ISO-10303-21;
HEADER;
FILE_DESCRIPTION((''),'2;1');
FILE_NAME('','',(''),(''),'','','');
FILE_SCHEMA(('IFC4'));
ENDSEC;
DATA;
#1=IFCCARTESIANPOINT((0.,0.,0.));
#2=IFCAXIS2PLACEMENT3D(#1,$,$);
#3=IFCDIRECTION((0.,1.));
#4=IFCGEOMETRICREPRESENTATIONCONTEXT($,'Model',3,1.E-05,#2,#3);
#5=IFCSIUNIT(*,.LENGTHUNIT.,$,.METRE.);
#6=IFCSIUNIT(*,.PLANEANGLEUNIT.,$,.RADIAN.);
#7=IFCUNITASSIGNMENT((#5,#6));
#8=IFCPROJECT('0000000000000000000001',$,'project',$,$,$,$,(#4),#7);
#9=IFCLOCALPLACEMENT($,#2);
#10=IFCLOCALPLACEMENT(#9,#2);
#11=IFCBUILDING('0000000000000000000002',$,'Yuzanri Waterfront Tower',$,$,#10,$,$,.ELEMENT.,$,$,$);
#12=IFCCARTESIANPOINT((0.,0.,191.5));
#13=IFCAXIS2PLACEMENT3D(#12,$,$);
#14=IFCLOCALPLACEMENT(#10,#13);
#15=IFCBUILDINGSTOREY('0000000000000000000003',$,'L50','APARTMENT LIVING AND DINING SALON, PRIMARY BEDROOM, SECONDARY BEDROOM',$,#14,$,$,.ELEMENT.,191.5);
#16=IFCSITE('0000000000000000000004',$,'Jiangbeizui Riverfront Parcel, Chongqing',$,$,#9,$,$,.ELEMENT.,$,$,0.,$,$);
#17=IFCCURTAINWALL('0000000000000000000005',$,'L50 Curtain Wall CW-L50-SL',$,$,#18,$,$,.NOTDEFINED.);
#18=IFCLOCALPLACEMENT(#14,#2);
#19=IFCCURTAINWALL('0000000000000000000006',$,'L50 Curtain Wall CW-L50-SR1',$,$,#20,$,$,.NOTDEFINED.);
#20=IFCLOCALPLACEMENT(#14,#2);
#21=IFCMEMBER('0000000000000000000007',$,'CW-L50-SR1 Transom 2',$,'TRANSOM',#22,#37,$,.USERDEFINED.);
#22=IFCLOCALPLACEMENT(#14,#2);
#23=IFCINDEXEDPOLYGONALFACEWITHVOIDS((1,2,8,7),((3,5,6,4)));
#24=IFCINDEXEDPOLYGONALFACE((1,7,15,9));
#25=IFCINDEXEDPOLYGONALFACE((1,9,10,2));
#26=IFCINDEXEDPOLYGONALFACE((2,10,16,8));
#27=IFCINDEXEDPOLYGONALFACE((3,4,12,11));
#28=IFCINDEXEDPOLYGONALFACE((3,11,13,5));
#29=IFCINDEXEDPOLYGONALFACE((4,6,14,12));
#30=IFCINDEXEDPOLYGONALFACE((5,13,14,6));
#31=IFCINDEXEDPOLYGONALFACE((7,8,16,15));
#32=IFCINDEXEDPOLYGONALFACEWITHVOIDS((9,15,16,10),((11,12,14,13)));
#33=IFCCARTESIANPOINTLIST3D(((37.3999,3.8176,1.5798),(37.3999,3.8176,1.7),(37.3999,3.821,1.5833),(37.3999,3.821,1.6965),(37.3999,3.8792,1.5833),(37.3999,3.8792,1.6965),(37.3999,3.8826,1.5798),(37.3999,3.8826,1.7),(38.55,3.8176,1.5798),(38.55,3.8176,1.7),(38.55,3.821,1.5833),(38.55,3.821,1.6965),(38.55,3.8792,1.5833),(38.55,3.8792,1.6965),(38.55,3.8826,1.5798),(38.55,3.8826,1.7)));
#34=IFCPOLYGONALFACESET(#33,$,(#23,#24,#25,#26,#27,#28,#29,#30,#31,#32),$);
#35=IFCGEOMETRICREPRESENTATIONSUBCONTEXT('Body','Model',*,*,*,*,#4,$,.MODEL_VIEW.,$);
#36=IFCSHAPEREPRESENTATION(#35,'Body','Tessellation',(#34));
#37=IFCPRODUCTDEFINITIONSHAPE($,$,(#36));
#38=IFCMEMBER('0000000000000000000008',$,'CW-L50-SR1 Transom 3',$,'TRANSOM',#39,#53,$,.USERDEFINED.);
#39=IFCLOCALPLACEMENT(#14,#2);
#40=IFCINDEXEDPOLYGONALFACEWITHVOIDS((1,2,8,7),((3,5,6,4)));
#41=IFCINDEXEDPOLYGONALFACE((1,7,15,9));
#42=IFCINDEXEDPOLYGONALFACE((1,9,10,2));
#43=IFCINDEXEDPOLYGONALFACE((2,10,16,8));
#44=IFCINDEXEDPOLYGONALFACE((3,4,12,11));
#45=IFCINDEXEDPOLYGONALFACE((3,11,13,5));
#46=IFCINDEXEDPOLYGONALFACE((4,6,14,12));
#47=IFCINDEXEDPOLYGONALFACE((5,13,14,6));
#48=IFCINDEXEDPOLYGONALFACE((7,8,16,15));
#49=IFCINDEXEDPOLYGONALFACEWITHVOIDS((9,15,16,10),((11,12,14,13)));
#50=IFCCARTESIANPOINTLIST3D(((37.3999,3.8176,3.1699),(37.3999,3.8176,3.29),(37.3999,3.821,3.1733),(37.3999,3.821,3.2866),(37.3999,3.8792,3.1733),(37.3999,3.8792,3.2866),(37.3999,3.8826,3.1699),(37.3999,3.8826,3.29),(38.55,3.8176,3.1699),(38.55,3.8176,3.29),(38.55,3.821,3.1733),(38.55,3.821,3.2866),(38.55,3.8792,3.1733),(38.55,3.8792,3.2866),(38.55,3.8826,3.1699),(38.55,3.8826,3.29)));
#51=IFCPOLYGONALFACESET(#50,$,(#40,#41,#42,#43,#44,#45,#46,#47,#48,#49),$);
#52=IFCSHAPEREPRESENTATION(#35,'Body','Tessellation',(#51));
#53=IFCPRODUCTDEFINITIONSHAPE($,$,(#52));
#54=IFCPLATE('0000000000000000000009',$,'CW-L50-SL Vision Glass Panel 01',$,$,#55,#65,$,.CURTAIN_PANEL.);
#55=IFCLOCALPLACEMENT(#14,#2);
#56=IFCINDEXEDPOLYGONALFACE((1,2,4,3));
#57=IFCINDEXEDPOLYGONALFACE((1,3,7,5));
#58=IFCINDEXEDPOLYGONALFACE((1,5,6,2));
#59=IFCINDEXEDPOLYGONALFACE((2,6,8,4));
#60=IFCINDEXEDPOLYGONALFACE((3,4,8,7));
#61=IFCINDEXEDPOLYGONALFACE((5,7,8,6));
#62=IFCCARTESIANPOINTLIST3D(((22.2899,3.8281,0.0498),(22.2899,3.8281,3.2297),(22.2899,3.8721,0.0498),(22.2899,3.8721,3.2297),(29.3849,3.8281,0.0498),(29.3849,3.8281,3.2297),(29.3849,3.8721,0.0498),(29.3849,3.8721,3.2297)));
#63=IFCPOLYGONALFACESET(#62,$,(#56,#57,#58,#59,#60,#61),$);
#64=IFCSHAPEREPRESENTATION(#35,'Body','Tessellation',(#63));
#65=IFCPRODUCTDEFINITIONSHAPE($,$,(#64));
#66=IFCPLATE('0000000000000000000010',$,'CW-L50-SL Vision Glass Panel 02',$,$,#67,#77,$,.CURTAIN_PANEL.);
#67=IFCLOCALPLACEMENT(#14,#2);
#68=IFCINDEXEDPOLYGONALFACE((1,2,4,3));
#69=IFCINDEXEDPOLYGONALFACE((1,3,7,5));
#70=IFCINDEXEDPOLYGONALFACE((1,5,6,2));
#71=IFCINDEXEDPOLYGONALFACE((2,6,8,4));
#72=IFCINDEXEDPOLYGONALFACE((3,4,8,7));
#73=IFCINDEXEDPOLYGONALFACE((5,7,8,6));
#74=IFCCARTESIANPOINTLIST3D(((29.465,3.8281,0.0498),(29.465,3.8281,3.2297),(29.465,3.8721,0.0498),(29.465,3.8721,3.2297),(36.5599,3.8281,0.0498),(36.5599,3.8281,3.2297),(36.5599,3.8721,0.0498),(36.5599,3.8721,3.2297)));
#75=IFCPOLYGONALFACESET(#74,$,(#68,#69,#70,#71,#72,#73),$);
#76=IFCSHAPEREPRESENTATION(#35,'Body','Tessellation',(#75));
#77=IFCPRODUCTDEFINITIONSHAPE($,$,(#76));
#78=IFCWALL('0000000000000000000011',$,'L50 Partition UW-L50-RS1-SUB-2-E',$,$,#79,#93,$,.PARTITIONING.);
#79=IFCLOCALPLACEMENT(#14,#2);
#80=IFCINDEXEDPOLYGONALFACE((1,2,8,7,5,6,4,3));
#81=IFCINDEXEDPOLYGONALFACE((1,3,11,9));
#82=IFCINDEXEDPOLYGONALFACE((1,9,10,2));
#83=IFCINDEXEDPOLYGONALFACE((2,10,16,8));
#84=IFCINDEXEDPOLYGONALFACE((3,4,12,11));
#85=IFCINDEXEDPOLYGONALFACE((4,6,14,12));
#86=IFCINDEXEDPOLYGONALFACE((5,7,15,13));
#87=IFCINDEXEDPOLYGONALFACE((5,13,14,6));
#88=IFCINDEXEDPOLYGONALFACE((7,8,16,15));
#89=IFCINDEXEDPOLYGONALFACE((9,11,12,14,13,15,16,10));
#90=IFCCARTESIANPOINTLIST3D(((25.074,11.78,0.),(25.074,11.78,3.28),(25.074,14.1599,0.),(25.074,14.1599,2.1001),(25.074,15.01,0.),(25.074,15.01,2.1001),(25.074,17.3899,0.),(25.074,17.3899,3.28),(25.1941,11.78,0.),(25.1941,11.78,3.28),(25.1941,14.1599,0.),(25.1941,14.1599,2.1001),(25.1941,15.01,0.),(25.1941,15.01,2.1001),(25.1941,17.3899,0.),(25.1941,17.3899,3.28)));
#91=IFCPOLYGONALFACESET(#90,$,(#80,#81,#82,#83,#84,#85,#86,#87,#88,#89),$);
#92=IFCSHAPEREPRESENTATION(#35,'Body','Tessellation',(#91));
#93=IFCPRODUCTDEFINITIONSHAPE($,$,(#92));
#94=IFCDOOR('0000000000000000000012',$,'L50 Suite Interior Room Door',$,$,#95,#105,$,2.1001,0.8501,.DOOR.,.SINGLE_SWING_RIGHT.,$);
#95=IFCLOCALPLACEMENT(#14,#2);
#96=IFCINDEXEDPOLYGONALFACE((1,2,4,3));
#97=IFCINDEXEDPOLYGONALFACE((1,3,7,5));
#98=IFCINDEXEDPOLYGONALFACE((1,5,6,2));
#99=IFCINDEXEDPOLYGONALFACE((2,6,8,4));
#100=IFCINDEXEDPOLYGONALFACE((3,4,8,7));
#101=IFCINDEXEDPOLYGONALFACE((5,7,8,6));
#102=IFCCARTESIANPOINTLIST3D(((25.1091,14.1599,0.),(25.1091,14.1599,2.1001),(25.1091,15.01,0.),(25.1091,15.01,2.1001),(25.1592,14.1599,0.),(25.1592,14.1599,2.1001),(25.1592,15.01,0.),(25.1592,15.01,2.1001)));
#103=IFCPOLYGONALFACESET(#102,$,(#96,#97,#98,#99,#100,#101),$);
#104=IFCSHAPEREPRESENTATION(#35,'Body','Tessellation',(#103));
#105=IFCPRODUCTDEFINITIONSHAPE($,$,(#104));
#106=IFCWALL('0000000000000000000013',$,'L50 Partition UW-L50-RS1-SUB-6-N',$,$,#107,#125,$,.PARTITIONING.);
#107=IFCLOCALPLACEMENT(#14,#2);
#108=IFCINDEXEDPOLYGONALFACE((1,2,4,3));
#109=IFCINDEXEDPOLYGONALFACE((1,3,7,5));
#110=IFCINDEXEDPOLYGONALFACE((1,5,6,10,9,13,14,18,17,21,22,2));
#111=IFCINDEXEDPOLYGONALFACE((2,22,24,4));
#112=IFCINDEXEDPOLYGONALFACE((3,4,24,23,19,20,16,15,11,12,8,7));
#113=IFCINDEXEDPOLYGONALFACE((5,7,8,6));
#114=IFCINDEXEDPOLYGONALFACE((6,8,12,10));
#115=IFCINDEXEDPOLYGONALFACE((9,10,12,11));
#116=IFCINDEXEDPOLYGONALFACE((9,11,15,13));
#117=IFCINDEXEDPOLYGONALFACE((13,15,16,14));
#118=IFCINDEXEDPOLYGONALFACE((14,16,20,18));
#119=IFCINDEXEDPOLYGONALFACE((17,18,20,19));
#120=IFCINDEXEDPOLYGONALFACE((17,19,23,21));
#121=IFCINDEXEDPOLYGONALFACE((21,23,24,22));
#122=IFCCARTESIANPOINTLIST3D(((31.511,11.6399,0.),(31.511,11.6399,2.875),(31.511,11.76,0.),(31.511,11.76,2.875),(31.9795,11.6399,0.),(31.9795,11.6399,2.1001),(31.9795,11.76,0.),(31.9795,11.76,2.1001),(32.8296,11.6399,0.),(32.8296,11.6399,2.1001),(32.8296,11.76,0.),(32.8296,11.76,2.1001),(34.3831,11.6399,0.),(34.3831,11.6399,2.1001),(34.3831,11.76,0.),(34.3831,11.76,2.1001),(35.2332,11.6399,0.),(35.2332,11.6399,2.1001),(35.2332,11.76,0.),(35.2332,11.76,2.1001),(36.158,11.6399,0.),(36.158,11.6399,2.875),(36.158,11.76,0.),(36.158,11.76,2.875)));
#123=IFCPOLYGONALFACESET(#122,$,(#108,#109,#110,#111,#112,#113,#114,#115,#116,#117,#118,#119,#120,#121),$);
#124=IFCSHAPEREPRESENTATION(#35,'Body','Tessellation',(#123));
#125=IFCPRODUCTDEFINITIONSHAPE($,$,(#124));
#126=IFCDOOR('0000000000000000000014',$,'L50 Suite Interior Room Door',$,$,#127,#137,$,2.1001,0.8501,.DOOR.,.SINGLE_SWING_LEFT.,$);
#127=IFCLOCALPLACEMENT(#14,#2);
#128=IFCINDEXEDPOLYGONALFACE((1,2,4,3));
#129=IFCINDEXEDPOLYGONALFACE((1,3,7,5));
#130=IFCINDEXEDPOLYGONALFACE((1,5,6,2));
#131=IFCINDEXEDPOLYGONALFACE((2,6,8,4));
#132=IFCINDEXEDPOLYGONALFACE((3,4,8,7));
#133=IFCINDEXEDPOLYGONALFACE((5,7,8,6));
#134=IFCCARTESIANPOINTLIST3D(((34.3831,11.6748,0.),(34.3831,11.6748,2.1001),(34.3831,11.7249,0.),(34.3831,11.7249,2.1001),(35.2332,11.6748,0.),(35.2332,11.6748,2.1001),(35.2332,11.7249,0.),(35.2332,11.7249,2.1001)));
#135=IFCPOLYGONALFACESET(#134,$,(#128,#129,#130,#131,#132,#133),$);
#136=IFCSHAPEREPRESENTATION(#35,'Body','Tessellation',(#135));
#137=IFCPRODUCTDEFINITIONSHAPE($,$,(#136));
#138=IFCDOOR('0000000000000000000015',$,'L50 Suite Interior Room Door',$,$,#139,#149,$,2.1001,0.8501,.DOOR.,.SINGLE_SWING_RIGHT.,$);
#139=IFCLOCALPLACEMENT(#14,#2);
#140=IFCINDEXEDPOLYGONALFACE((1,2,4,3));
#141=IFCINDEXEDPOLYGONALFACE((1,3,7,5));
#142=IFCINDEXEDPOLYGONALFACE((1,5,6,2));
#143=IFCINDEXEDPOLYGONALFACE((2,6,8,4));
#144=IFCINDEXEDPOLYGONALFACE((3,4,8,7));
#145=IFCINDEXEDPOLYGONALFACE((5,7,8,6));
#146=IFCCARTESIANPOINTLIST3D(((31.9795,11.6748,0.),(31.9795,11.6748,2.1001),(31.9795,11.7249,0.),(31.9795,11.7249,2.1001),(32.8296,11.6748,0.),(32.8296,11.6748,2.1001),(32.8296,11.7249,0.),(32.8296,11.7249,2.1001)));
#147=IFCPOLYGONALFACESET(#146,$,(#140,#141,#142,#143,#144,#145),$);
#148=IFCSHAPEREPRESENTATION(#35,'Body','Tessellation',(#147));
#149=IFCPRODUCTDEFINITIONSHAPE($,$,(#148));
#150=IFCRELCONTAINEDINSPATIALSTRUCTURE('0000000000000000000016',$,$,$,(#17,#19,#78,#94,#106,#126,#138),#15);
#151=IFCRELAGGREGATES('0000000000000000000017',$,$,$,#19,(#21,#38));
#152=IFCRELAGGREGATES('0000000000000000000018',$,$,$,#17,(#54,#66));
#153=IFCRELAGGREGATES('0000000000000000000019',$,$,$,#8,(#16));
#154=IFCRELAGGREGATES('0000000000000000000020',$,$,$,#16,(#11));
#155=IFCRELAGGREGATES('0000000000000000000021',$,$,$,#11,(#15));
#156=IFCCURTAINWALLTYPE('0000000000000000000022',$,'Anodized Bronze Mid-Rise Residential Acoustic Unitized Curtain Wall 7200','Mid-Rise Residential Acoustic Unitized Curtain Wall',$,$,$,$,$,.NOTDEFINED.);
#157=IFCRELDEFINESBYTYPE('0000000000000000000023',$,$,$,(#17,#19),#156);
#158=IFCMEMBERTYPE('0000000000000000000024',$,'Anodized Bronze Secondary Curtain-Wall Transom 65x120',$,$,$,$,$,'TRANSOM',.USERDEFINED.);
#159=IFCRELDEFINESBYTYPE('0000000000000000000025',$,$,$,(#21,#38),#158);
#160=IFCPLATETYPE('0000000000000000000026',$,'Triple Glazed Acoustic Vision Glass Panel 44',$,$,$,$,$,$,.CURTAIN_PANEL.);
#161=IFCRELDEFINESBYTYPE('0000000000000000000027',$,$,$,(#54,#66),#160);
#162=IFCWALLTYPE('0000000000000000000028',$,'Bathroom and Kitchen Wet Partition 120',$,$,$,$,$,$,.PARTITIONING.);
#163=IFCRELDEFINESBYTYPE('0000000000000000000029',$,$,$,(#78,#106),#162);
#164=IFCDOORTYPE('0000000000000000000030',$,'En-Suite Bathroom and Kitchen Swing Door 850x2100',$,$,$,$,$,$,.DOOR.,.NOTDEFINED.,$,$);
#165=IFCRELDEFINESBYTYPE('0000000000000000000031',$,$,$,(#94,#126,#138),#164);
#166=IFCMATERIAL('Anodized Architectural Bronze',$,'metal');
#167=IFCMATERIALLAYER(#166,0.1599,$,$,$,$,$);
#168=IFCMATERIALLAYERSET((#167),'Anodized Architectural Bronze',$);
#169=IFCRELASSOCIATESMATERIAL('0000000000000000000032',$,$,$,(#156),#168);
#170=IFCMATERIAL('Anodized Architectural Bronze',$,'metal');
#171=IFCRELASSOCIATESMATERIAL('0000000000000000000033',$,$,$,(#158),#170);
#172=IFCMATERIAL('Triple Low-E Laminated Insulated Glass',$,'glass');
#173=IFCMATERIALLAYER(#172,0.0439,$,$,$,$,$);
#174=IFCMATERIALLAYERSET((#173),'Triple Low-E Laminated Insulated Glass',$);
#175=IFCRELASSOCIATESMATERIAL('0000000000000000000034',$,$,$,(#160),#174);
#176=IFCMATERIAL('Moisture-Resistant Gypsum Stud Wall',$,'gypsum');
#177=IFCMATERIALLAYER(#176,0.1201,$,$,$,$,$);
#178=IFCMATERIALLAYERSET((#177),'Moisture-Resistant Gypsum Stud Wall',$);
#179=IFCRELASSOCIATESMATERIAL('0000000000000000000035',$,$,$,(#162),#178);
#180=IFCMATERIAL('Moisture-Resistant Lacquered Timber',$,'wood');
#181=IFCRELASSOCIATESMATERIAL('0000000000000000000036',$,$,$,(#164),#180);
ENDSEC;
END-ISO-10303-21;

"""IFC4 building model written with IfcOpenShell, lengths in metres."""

from ifc_helpers import new_model, si_unit, direction, frame, frame_2d, origin, origin_2d, place, context, subcontext, project, spatial, rectangle, hollow_rectangle, extrude, source, transform, mapped, material, layer, layer_set, material_profile, profile_set, type_object, element, fill, aggregate, save


model = new_model("IFC4")

# Units and contexts
model_context = context("Model", 3, precision=1e-05, world=origin(), true_north=direction((0.0, 1.0)))
body_context = subcontext(model_context, "Body", "Model", "MODEL_VIEW")
ifc_project = project(units=[si_unit("LENGTHUNIT", "METRE"), si_unit("PLANEANGLEUNIT", "RADIAN")], contexts=[model_context])

# Site, building, storey
site_placement = place(None, origin())
site = spatial("IfcSite", under=ifc_project, at=site_placement, Name="Jiangbeizui Riverfront Parcel, Chongqing", CompositionType="ELEMENT", RefElevation=0.0)
building_placement = place(site_placement, origin())
building = spatial("IfcBuilding", under=site, at=building_placement, Name="Yuzanri Waterfront Tower", CompositionType="ELEMENT")
storey_placement = place(building_placement, frame((0.0, 0.0, 191.5)))
storey = spatial("IfcBuildingStorey", under=building, at=storey_placement, Name="L50", Description="APARTMENT LIVING AND DINING SALON, PRIMARY BEDROOM, SECONDARY BEDROOM", CompositionType="ELEMENT", Elevation=191.5)

# Curtain walls, members
ifc_material_1 = material(Name="Anodized Architectural Bronze", Category="metal")
ifc_layer_1 = layer(ifc_material_1, 0.1599)
ifc_layer_set_1 = layer_set([ifc_layer_1], Name="Anodized Architectural Bronze")
curtain_wall_type = type_object("IfcCurtainWallType", Name="Anodized Bronze Mid-Rise Residential Acoustic Unitized Curtain Wall 7200", Description="Mid-Rise Residential Acoustic Unitized Curtain Wall", PredefinedType="NOTDEFINED", material=ifc_layer_set_1)
curtain_wall_1_placement = place(storey_placement, origin())
curtain_wall_1 = element("IfcCurtainWall", 1, at=curtain_wall_1_placement, inside=storey, type_object=curtain_wall_type, Name="L50 Curtain Wall CW-L50-SL", PredefinedType="NOTDEFINED")
curtain_wall_2_placement = place(storey_placement, origin())
curtain_wall_2 = element("IfcCurtainWall", 2, at=curtain_wall_2_placement, inside=storey, type_object=curtain_wall_type, Name="L50 Curtain Wall CW-L50-SR1", PredefinedType="NOTDEFINED")
ifc_material_2 = material(Name="Anodized Architectural Bronze", Category="metal")
ifc_material_profile_1 = material_profile(ifc_material_2, hollow_rectangle(XDim=0.0649, YDim=0.1201, WallThickness=0.0034, at=origin_2d()), Name="CWT 65x120")
ifc_profile_set_1 = profile_set([ifc_material_profile_1], Name="Anodized Architectural Bronze")
member_type_1 = type_object("IfcMemberType", Name="Anodized Bronze Secondary Curtain-Wall Transom 65x120", ElementType="TRANSOM", PredefinedType="USERDEFINED", material=ifc_profile_set_1)
shared_shape_1 = source(origin(), body_context, "Body", "SweptSolid", [
    extrude(hollow_rectangle(XDim=0.0649, YDim=0.1201, WallThickness=0.0034, at=origin_2d()), origin(), (0.0, 0.0, 1.0), 1.1501),
])
member_1_placement = place(storey_placement, frame((37.3999, 3.8501, 1.6399), z_axis=(1.0, 0.0, 0.0), x_axis=(0.0, 1.0, 0.0)))
member_1 = element("IfcMember", 3, at=member_1_placement, type_object=member_type_1, Name="CW-L50-SR1 Transom 2", ObjectType="TRANSOM", PredefinedType="USERDEFINED", context=body_context, shape_type="MappedRepresentation", body=[
    mapped(shared_shape_1, transform((0.0, 0.0, 0.0), scale=1.0)),
])
member_2_placement = place(storey_placement, frame((37.3999, 3.8501, 3.23), z_axis=(1.0, 0.0, 0.0), x_axis=(0.0, 1.0, 0.0)))
member_2 = element("IfcMember", 4, at=member_2_placement, type_object=member_type_1, Name="CW-L50-SR1 Transom 3", ObjectType="TRANSOM", PredefinedType="USERDEFINED", context=body_context, shape_type="MappedRepresentation", body=[
    mapped(shared_shape_1, transform((0.0, 0.0, 0.0), scale=1.0)),
])
aggregate(curtain_wall_2, [member_1, member_2])

# Plates
ifc_material_3 = material(Name="Triple Low-E Laminated Insulated Glass", Category="glass")
ifc_layer_2 = layer(ifc_material_3, 0.0439)
ifc_layer_set_2 = layer_set([ifc_layer_2], Name="Triple Low-E Laminated Insulated Glass")
plate_type = type_object("IfcPlateType", Name="Triple Glazed Acoustic Vision Glass Panel 44", PredefinedType="CURTAIN_PANEL", material=ifc_layer_set_2)
shared_shape_2 = source(origin(), body_context, "Body", "SweptSolid", [
    extrude(rectangle(XDim=7.095, YDim=0.0439, at=origin_2d()), origin(), (0.0, 0.0, 1.0), 3.1799),
])
plate_1_placement = place(storey_placement, frame((25.8374, 3.8501, 0.0498), z_axis=(0.0, 0.0, 1.0), x_axis=(1.0, 0.0, 0.0)))
plate_1 = element("IfcPlate", 5, at=plate_1_placement, type_object=plate_type, Name="CW-L50-SL Vision Glass Panel 01", PredefinedType="CURTAIN_PANEL", context=body_context, shape_type="MappedRepresentation", body=[
    mapped(shared_shape_2, transform((0.0, 0.0, 0.0), scale=1.0)),
])
plate_2_placement = place(storey_placement, frame((33.0125, 3.8501, 0.0498), z_axis=(0.0, 0.0, 1.0), x_axis=(1.0, 0.0, 0.0)))
plate_2 = element("IfcPlate", 6, at=plate_2_placement, type_object=plate_type, Name="CW-L50-SL Vision Glass Panel 02", PredefinedType="CURTAIN_PANEL", context=body_context, shape_type="MappedRepresentation", body=[
    mapped(shared_shape_2, transform((0.0, 0.0, 0.0), scale=1.0)),
])
aggregate(curtain_wall_1, [plate_1, plate_2])

# Wall, opening, door
ifc_material_4 = material(Name="Moisture-Resistant Gypsum Stud Wall", Category="gypsum")
ifc_layer_3 = layer(ifc_material_4, 0.1201)
ifc_layer_set_3 = layer_set([ifc_layer_3], Name="Moisture-Resistant Gypsum Stud Wall")
wall_type_1 = type_object("IfcWallType", Name="Bathroom and Kitchen Wet Partition 120", PredefinedType="PARTITIONING", material=ifc_layer_set_3)
wall_1_placement = place(storey_placement, frame((25.134, 11.78, 0.0), z_axis=(0.0, 0.0, 1.0), x_axis=(0.0, 1.0, 0.0)))
wall_1 = element("IfcWall", 7, at=wall_1_placement, inside=storey, type_object=wall_type_1, Name="L50 Partition UW-L50-RS1-SUB-2-E", PredefinedType="PARTITIONING", context=body_context, shape_type="SweptSolid", body=[
    extrude(rectangle(XDim=5.6099, YDim=0.1201, at=frame_2d((2.8049, 0.0))), origin(), (0.0, 0.0, 1.0), 3.28),
])
opening_1_placement = place(wall_1_placement, frame((2.3799, 0.0, 0.0)))
opening_1 = element("IfcOpeningElement", 8, at=opening_1_placement, cuts=wall_1, PredefinedType="OPENING", context=body_context, shape_type="SweptSolid", body=[
    extrude(rectangle(XDim=0.8501, YDim=2.1001, at=frame_2d((0.425, 1.05))), frame((0.0, 0.075, 0.0), z_axis=(0.0, -1.0, 0.0), x_axis=(1.0, 0.0, 0.0)), (0.0, 0.0, 1.0), 0.1499),
])
ifc_material_5 = material(Name="Moisture-Resistant Lacquered Timber", Category="wood")
door_type_1 = type_object("IfcDoorType", Name="En-Suite Bathroom and Kitchen Swing Door 850x2100", OperationType="NOTDEFINED", PredefinedType="DOOR", material=ifc_material_5)
shared_shape_3 = source(origin(), body_context, "Body", "SweptSolid", [
    extrude(rectangle(XDim=0.8501, YDim=2.1001, at=frame_2d((0.425, 1.05))), frame((0.0, 0.0249, 0.0), z_axis=(0.0, -1.0, 0.0), x_axis=(1.0, 0.0, 0.0)), (0.0, 0.0, 1.0), 0.05),
])
door_1_placement = place(opening_1_placement, origin())
door_1 = element("IfcDoor", 9, at=door_1_placement, inside=storey, type_object=door_type_1, Name="L50 Suite Interior Room Door", OperationType="SINGLE_SWING_RIGHT", OverallHeight=2.1001, OverallWidth=0.8501, PredefinedType="DOOR", context=body_context, shape_type="MappedRepresentation", body=[
    mapped(shared_shape_3, transform((0.0, 0.0, 0.0), scale=1.0)),
])
fill(opening_1, door_1)

# Wall, openings, doors
wall_2_placement = place(storey_placement, frame((31.511, 11.7, 0.0), z_axis=(0.0, 0.0, 1.0), x_axis=(1.0, 0.0, 0.0)))
wall_2 = element("IfcWall", 10, at=wall_2_placement, inside=storey, type_object=wall_type_1, Name="L50 Partition UW-L50-RS1-SUB-6-N", PredefinedType="PARTITIONING", context=body_context, shape_type="SweptSolid", body=[
    extrude(rectangle(XDim=4.647, YDim=0.1201, at=frame_2d((2.3235, 0.0))), origin(), (0.0, 0.0, 1.0), 2.875),
])
opening_2_placement = place(wall_2_placement, frame((2.8721, 0.0, 0.0)))
opening_2 = element("IfcOpeningElement", 11, at=opening_2_placement, cuts=wall_2, PredefinedType="OPENING", context=body_context, shape_type="SweptSolid", body=[
    extrude(rectangle(XDim=0.8501, YDim=2.1001, at=frame_2d((0.425, 1.05))), frame((0.0, 0.075, 0.0), z_axis=(0.0, -1.0, 0.0), x_axis=(1.0, 0.0, 0.0)), (0.0, 0.0, 1.0), 0.1499),
])
opening_3_placement = place(wall_2_placement, frame((0.4685, 0.0, 0.0)))
opening_3 = element("IfcOpeningElement", 12, at=opening_3_placement, cuts=wall_2, PredefinedType="OPENING", context=body_context, shape_type="SweptSolid", body=[
    extrude(rectangle(XDim=0.8501, YDim=2.1001, at=frame_2d((0.425, 1.05))), frame((0.0, 0.075, 0.0), z_axis=(0.0, -1.0, 0.0), x_axis=(1.0, 0.0, 0.0)), (0.0, 0.0, 1.0), 0.1499),
])
door_2_placement = place(opening_2_placement, origin())
door_2 = element("IfcDoor", 13, at=door_2_placement, inside=storey, type_object=door_type_1, Name="L50 Suite Interior Room Door", OperationType="SINGLE_SWING_LEFT", OverallHeight=2.1001, OverallWidth=0.8501, PredefinedType="DOOR", context=body_context, shape_type="MappedRepresentation", body=[
    mapped(shared_shape_3, transform((0.0, 0.0, 0.0), scale=1.0)),
])
fill(opening_2, door_2)
door_3_placement = place(opening_3_placement, origin())
door_3 = element("IfcDoor", 14, at=door_3_placement, inside=storey, type_object=door_type_1, Name="L50 Suite Interior Room Door", OperationType="SINGLE_SWING_RIGHT", OverallHeight=2.1001, OverallWidth=0.8501, PredefinedType="DOOR", context=body_context, shape_type="MappedRepresentation", body=[
    mapped(shared_shape_3, transform((0.0, 0.0, 0.0), scale=1.0)),
])
fill(opening_3, door_3)

save(model, "model.ifc")
